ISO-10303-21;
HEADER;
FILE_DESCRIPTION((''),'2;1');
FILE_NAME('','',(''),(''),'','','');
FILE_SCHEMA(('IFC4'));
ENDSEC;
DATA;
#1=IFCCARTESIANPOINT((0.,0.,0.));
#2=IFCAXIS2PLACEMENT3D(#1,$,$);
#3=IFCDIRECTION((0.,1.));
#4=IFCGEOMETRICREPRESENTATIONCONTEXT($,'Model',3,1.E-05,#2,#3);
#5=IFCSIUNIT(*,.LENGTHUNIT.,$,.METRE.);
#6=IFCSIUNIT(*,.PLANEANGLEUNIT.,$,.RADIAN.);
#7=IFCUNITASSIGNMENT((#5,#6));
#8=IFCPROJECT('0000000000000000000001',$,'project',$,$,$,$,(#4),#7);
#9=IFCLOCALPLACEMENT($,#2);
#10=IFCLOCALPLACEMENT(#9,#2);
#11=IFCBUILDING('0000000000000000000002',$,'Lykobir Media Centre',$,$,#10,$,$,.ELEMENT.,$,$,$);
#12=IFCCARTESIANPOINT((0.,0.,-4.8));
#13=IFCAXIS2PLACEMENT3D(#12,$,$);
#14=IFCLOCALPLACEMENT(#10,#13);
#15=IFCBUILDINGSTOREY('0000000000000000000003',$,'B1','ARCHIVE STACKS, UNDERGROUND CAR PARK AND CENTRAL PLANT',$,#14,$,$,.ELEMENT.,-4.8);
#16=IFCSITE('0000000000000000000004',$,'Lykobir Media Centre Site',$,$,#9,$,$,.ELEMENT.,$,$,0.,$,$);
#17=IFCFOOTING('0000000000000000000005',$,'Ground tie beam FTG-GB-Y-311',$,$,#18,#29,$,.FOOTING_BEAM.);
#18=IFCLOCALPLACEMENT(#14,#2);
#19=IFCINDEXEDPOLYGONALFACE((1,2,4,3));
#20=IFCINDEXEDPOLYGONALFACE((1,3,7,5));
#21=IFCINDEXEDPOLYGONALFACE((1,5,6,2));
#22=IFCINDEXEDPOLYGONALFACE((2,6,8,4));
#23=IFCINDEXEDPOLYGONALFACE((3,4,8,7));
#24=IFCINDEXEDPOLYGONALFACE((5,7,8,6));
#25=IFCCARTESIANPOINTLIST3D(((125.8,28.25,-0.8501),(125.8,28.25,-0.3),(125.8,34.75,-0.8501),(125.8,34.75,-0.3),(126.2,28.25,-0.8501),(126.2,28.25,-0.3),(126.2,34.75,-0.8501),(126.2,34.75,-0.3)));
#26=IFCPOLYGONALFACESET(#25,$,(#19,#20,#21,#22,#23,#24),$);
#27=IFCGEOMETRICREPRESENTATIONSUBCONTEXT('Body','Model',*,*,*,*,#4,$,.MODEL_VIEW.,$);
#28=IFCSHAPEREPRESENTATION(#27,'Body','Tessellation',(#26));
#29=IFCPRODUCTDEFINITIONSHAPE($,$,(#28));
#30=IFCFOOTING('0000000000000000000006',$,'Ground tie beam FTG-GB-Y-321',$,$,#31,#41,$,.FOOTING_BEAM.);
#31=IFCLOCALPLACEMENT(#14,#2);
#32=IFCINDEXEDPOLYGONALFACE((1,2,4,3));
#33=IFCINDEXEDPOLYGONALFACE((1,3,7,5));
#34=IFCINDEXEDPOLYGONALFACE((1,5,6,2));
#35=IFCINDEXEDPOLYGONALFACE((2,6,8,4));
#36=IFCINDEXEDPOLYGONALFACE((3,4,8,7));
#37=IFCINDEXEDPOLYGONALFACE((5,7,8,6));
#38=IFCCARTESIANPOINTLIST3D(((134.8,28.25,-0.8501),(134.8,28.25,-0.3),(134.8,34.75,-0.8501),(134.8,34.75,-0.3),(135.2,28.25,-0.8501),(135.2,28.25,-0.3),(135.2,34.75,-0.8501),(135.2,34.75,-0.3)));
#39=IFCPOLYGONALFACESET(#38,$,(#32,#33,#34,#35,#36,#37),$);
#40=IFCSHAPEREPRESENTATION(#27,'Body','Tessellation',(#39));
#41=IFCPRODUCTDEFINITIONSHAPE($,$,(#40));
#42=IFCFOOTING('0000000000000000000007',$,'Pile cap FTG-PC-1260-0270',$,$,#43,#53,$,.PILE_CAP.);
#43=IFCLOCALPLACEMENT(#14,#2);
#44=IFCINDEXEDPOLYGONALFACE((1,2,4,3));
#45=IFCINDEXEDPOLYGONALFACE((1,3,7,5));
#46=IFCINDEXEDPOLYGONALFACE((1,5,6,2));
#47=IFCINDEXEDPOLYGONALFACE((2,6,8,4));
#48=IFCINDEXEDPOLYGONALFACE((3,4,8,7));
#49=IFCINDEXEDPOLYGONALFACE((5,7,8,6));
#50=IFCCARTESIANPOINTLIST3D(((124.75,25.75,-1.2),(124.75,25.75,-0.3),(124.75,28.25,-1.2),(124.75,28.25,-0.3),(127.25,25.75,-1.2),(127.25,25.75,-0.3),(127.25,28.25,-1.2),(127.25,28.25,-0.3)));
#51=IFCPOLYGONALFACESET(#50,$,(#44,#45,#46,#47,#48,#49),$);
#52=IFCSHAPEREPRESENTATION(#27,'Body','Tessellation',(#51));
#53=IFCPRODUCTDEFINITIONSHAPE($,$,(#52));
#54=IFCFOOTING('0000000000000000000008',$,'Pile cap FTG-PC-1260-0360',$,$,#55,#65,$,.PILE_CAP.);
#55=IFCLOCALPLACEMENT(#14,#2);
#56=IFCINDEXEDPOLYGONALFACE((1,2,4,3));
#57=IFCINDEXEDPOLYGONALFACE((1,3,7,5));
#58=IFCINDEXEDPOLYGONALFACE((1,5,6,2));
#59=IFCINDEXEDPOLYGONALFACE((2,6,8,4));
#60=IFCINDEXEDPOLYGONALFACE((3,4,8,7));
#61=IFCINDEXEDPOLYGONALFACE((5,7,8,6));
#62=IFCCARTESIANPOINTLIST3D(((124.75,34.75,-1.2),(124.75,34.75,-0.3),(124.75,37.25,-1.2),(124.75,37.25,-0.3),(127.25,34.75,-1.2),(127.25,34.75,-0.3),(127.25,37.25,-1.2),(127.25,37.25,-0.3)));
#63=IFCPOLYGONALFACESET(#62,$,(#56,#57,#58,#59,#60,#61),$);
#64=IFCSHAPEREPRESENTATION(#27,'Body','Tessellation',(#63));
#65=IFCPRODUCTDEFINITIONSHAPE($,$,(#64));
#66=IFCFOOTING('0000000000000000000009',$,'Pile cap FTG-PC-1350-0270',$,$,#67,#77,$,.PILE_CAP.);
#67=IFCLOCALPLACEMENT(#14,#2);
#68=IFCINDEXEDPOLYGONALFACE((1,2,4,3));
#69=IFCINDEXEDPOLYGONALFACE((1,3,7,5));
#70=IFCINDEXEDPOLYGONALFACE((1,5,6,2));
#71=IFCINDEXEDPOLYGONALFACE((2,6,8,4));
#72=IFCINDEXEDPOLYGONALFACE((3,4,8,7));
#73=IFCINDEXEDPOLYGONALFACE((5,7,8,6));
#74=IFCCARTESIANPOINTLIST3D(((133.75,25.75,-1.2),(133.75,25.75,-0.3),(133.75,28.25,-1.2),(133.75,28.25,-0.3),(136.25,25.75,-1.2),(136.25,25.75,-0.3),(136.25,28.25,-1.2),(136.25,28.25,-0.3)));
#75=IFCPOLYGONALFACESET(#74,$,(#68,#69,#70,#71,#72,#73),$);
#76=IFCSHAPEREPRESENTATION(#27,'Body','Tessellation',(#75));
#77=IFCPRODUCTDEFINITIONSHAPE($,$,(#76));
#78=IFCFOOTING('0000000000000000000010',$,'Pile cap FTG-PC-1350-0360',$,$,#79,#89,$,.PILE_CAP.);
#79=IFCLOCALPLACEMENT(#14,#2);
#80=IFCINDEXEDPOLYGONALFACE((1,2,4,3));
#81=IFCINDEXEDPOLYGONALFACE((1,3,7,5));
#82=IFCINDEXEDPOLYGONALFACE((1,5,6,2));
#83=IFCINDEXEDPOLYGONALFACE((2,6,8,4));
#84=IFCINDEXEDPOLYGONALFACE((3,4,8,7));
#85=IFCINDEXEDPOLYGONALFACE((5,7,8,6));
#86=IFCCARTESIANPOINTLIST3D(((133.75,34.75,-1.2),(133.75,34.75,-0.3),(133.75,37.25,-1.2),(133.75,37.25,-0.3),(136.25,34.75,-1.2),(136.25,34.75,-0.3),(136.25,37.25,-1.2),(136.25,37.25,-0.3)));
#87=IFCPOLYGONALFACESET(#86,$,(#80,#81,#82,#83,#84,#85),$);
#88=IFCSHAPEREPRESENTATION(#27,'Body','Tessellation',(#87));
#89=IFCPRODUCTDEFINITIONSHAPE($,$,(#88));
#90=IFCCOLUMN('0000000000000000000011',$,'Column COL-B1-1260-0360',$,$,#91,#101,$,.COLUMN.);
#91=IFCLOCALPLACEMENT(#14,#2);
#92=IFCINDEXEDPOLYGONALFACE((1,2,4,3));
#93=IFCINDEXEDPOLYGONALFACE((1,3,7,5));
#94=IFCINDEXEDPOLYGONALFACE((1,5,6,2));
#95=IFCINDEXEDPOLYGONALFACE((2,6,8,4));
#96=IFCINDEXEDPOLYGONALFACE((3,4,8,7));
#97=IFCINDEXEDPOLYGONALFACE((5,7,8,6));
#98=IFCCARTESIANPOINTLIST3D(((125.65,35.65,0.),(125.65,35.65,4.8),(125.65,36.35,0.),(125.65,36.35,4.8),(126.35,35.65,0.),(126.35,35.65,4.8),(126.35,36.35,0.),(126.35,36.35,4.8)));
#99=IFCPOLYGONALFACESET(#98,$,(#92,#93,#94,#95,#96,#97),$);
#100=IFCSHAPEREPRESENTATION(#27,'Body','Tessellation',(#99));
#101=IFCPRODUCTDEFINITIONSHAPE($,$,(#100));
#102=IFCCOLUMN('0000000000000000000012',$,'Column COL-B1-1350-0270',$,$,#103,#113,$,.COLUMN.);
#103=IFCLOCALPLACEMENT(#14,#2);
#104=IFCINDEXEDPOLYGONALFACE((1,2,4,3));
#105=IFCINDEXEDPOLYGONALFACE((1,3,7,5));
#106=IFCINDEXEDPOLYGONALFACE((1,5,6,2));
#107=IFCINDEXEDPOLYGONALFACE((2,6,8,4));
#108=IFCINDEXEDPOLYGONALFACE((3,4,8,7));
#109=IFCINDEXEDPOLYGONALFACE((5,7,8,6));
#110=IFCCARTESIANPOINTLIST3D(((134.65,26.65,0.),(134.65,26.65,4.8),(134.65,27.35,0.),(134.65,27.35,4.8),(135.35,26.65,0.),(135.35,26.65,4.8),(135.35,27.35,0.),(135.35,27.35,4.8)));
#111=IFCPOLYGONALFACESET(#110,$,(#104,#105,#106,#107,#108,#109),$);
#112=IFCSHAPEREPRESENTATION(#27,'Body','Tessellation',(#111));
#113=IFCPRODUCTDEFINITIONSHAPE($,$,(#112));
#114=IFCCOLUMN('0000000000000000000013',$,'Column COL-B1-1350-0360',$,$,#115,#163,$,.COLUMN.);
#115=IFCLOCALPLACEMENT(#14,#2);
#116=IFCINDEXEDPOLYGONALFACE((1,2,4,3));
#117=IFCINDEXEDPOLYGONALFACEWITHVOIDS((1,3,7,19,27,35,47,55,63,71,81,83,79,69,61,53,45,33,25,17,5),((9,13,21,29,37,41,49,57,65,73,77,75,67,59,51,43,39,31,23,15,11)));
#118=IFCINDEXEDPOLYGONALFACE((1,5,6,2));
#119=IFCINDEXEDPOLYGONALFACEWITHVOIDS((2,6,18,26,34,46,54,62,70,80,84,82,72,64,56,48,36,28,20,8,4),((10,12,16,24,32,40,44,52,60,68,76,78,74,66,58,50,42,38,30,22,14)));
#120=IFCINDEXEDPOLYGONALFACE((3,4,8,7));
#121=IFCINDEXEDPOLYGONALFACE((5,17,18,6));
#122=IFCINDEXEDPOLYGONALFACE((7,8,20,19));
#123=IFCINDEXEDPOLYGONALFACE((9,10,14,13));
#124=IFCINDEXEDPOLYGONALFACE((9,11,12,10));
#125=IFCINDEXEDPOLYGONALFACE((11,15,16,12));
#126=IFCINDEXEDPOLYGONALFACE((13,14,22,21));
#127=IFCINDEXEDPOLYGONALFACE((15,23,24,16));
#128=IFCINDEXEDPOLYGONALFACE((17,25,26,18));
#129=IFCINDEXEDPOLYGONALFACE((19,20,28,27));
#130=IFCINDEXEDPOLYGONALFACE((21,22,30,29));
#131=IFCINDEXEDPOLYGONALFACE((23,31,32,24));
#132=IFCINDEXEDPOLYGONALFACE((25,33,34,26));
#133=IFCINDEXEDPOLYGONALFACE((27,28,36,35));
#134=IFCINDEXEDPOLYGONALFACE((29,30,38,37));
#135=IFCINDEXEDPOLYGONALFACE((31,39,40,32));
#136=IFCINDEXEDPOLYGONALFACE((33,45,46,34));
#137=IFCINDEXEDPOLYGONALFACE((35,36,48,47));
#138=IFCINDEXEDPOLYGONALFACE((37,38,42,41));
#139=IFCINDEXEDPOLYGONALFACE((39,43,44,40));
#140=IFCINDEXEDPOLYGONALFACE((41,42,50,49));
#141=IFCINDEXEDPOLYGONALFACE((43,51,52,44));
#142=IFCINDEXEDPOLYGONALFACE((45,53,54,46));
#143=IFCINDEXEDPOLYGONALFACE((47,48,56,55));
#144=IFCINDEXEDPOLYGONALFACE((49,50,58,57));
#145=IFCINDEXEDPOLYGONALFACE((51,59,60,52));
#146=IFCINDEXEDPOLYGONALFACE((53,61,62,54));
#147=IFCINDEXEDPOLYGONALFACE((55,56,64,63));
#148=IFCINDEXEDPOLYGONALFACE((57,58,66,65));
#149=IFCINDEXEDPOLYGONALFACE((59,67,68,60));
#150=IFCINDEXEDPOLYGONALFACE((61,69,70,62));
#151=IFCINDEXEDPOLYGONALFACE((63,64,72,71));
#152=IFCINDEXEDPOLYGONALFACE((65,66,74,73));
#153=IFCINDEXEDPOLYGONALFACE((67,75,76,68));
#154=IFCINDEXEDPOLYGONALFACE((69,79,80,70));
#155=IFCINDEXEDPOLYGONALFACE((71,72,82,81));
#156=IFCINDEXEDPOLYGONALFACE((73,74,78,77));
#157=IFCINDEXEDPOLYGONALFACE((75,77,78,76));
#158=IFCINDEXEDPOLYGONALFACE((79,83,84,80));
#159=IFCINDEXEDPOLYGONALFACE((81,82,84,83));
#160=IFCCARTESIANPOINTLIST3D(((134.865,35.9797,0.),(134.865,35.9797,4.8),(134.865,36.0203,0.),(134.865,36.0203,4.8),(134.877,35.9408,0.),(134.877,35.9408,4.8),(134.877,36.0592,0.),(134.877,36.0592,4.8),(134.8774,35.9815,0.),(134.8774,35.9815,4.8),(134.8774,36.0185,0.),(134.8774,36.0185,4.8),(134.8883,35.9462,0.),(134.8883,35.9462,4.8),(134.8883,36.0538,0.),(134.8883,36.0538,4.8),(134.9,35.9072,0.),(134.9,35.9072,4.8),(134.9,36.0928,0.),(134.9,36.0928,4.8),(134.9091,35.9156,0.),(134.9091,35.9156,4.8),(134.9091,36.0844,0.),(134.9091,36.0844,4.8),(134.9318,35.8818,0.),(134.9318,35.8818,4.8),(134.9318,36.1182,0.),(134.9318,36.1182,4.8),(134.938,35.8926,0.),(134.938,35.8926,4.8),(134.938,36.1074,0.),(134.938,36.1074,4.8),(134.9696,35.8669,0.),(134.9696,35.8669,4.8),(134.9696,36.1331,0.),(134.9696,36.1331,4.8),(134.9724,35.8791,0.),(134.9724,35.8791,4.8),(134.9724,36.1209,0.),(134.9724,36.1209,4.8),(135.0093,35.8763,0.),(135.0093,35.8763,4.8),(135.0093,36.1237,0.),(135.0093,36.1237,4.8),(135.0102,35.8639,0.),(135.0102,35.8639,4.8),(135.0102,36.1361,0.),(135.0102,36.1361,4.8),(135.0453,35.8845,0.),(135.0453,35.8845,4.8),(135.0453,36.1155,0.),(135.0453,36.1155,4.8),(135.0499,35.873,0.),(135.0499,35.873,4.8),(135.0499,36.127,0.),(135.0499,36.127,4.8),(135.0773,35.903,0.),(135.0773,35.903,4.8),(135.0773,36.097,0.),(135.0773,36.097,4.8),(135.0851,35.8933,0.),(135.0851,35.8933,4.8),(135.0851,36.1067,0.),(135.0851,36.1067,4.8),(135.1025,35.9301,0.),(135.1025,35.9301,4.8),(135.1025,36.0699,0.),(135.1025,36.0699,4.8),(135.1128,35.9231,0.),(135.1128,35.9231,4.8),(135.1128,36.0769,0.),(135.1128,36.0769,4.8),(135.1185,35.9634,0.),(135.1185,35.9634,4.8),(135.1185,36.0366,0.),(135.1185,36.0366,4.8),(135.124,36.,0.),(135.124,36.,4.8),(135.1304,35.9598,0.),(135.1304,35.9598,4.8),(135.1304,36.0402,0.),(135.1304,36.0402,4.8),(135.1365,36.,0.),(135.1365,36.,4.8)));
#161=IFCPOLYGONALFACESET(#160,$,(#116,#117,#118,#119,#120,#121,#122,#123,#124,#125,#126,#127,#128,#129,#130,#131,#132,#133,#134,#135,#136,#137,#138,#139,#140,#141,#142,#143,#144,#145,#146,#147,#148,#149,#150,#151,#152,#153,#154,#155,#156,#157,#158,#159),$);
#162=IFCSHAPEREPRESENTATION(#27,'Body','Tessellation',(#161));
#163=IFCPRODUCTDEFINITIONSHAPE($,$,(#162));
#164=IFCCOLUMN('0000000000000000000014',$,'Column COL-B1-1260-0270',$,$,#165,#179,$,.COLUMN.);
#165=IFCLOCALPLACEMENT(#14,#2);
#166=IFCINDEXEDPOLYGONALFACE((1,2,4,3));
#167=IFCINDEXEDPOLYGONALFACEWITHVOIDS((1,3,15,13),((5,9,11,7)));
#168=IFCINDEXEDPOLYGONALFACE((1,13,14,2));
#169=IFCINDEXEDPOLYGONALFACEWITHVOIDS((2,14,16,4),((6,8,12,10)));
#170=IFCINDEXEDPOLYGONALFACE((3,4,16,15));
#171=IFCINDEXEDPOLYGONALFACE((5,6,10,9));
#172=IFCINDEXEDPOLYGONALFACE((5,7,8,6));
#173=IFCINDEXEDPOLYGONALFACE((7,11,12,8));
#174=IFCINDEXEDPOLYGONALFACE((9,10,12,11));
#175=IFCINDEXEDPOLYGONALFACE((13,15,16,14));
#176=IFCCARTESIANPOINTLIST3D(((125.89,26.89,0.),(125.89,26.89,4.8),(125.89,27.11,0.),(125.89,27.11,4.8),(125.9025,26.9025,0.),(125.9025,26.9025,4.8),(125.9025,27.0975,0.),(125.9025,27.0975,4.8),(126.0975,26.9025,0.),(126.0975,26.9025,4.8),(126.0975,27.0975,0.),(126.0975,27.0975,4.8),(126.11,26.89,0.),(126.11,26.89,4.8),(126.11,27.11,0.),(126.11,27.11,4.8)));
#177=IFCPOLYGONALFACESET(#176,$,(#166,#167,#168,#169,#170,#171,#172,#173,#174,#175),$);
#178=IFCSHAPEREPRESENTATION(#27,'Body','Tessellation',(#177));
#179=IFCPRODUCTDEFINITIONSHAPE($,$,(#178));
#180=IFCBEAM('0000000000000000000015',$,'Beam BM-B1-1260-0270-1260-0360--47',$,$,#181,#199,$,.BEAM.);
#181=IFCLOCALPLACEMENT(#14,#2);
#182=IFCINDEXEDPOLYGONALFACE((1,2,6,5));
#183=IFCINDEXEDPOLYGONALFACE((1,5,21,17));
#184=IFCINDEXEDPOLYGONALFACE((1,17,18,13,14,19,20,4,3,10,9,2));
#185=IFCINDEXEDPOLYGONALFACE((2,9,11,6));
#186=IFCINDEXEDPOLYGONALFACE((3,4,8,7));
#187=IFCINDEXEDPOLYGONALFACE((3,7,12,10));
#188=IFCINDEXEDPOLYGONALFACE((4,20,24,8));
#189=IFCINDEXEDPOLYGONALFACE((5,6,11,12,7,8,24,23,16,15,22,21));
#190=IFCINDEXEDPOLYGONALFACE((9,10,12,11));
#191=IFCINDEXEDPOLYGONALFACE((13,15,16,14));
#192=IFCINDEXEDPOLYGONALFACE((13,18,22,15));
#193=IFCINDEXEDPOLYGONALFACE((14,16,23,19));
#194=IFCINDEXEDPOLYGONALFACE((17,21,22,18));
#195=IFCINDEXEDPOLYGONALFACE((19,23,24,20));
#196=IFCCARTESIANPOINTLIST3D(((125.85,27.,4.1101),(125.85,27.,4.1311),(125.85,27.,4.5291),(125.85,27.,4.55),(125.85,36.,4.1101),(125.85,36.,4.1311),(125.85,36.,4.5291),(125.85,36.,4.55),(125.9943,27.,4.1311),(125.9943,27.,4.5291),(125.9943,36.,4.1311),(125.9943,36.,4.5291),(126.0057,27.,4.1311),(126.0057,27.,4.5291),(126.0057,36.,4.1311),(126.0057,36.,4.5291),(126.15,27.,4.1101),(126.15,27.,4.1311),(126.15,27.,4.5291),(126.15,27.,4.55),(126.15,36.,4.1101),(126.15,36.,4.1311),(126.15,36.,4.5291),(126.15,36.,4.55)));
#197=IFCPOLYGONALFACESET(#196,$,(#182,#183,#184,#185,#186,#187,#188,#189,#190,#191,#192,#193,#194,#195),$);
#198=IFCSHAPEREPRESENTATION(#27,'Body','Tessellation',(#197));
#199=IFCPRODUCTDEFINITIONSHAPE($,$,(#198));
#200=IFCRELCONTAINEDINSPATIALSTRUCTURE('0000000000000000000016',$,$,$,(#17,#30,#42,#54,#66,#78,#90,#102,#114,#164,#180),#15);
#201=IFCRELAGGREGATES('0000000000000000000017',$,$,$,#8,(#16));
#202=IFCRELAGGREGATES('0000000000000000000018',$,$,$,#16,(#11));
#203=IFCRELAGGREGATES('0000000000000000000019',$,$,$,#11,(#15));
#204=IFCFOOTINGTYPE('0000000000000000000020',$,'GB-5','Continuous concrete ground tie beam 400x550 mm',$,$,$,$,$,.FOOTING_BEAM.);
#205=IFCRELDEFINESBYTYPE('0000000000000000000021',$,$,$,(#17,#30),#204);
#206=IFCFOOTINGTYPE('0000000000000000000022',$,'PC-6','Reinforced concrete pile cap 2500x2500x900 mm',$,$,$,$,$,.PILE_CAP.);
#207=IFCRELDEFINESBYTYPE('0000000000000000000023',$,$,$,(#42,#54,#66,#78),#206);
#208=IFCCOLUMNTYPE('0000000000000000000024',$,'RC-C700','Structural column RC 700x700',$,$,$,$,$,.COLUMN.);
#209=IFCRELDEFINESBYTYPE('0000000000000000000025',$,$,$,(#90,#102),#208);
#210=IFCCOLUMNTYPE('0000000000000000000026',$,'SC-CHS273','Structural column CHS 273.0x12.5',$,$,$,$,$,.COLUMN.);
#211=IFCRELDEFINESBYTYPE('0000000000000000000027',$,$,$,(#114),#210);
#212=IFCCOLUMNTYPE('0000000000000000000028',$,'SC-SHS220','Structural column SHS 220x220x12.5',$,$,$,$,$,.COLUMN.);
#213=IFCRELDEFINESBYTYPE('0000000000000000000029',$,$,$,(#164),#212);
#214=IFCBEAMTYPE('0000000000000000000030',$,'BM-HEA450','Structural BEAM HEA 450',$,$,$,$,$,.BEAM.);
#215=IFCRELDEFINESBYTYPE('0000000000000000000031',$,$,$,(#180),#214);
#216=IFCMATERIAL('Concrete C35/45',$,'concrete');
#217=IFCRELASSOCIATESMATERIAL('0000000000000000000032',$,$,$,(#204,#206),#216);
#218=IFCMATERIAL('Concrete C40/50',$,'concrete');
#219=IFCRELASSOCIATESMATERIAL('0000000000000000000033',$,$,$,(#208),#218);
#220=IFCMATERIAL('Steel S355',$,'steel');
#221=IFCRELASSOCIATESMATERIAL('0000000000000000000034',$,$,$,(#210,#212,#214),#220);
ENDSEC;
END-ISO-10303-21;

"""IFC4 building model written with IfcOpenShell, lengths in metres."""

from ifc_helpers import new_model, si_unit, direction, frame, origin, origin_2d, place, context, subcontext, project, spatial, rectangle, hollow_rectangle, hollow_circle, i_section, extrude, material, material_profile, profile_set, type_object, element, save


model = new_model("IFC4")

# Units and contexts
model_context = context("Model", 3, precision=1e-05, world=origin(), true_north=direction((0.0, 1.0)))
body_context = subcontext(model_context, "Body", "Model", "MODEL_VIEW")
ifc_project = project(units=[si_unit("LENGTHUNIT", "METRE"), si_unit("PLANEANGLEUNIT", "RADIAN")], contexts=[model_context])

# Site, building, storey
site_placement = place(None, origin())
site = spatial("IfcSite", under=ifc_project, at=site_placement, Name="Lykobir Media Centre Site", CompositionType="ELEMENT", RefElevation=0.0)
building_placement = place(site_placement, origin())
building = spatial("IfcBuilding", under=site, at=building_placement, Name="Lykobir Media Centre", CompositionType="ELEMENT")
storey_placement = place(building_placement, frame((0.0, 0.0, -4.8)))
storey = spatial("IfcBuildingStorey", under=building, at=storey_placement, Name="B1", Description="ARCHIVE STACKS, UNDERGROUND CAR PARK AND CENTRAL PLANT", CompositionType="ELEMENT", Elevation=-4.8)

# Footings
ifc_material_1 = material(Name="Concrete C35/45", Category="concrete")
footing_type_1 = type_object("IfcFootingType", Name="GB-5", Description="Continuous concrete ground tie beam 400x550 mm", PredefinedType="FOOTING_BEAM", material=ifc_material_1)
for number, where, z_axis, x_axis, name in (
    (1, (126.0, 31.5, -0.8501), (0.0, 0.0, 1.0), (0.0, 1.0, 0.0), "Ground tie beam FTG-GB-Y-311"),
    (2, (135.0, 31.5, -0.8501), (0.0, 0.0, 1.0), (0.0, 1.0, 0.0), "Ground tie beam FTG-GB-Y-321"),
):
    element("IfcFooting", number, at=place(storey_placement, frame(where, z_axis=z_axis, x_axis=x_axis)), inside=storey, type_object=footing_type_1, Name=name, PredefinedType="FOOTING_BEAM", context=body_context, shape_type="SweptSolid", body=[
        extrude(rectangle(XDim=6.5, YDim=0.3999, at=origin_2d()), origin(), (0.0, 0.0, 1.0), 0.55),
    ])
footing_type_2 = type_object("IfcFootingType", Name="PC-6", Description="Reinforced concrete pile cap 2500x2500x900 mm", PredefinedType="PILE_CAP", material=ifc_material_1)
for number, where, z_axis, x_axis, name in (
    (3, (126.0, 27.0, -1.2), (0.0, 0.0, 1.0), (1.0, 0.0, 0.0), "Pile cap FTG-PC-1260-0270"),
    (4, (126.0, 36.0, -1.2), (0.0, 0.0, 1.0), (1.0, 0.0, 0.0), "Pile cap FTG-PC-1260-0360"),
    (5, (135.0, 27.0, -1.2), (0.0, 0.0, 1.0), (1.0, 0.0, 0.0), "Pile cap FTG-PC-1350-0270"),
    (6, (135.0, 36.0, -1.2), (0.0, 0.0, 1.0), (1.0, 0.0, 0.0), "Pile cap FTG-PC-1350-0360"),
):
    element("IfcFooting", number, at=place(storey_placement, frame(where, z_axis=z_axis, x_axis=x_axis)), inside=storey, type_object=footing_type_2, Name=name, PredefinedType="PILE_CAP", context=body_context, shape_type="SweptSolid", body=[
        extrude(rectangle(XDim=2.5, YDim=2.5, at=origin_2d()), origin(), (0.0, 0.0, 1.0), 0.8999),
    ])

# Columns
ifc_material_2 = material(Name="Concrete C40/50", Category="concrete")
ifc_material_profile_1 = material_profile(ifc_material_2, rectangle(XDim=0.7, YDim=0.7, at=origin_2d()), Name="RC 700x700")
ifc_profile_set_1 = profile_set([ifc_material_profile_1], Name="Concrete C40/50")
column_type_1 = type_object("IfcColumnType", Name="RC-C700", Description="Structural column RC 700x700", PredefinedType="COLUMN", material=ifc_profile_set_1)
for number, where, z_axis, x_axis, name in (
    (7, (126.0, 36.0, 0.0), (0.0, 0.0, 1.0), (1.0, 0.0, 0.0), "Column COL-B1-1260-0360"),
    (8, (135.0, 27.0, 0.0), (0.0, 0.0, 1.0), (1.0, 0.0, 0.0), "Column COL-B1-1350-0270"),
):
    element("IfcColumn", number, at=place(storey_placement, frame(where, z_axis=z_axis, x_axis=x_axis)), inside=storey, type_object=column_type_1, Name=name, PredefinedType="COLUMN", context=body_context, shape_type="SweptSolid", body=[
        extrude(rectangle(XDim=0.7, YDim=0.7, at=origin_2d()), origin(), (0.0, 0.0, 1.0), 4.8),
    ])
ifc_material_3 = material(Name="Steel S355", Category="steel")
ifc_material_profile_2 = material_profile(ifc_material_3, hollow_circle(Radius=0.1365, WallThickness=0.0125, at=origin_2d()), Name="CHS 273.0x12.5")
ifc_profile_set_2 = profile_set([ifc_material_profile_2], Name="Steel S355")
column_type_2 = type_object("IfcColumnType", Name="SC-CHS273", Description="Structural column CHS 273.0x12.5", PredefinedType="COLUMN", material=ifc_profile_set_2)
column_1_placement = place(storey_placement, frame((135.0, 36.0, 0.0), z_axis=(0.0, 0.0, 1.0), x_axis=(1.0, 0.0, 0.0)))
element("IfcColumn", 9, at=column_1_placement, inside=storey, type_object=column_type_2, Name="Column COL-B1-1350-0360", PredefinedType="COLUMN", context=body_context, shape_type="SweptSolid", body=[
    extrude(hollow_circle(Radius=0.1365, WallThickness=0.0125, at=origin_2d()), origin(), (0.0, 0.0, 1.0), 4.8),
])
ifc_material_profile_3 = material_profile(ifc_material_3, hollow_rectangle(XDim=0.22, YDim=0.22, WallThickness=0.0125, at=origin_2d()), Name="SHS 220x220x12.5")
ifc_profile_set_3 = profile_set([ifc_material_profile_3], Name="Steel S355")
column_type_3 = type_object("IfcColumnType", Name="SC-SHS220", Description="Structural column SHS 220x220x12.5", PredefinedType="COLUMN", material=ifc_profile_set_3)
column_2_placement = place(storey_placement, frame((126.0, 27.0, 0.0), z_axis=(0.0, 0.0, 1.0), x_axis=(1.0, 0.0, 0.0)))
element("IfcColumn", 10, at=column_2_placement, inside=storey, type_object=column_type_3, Name="Column COL-B1-1260-0270", PredefinedType="COLUMN", context=body_context, shape_type="SweptSolid", body=[
    extrude(hollow_rectangle(XDim=0.22, YDim=0.22, WallThickness=0.0125, at=origin_2d()), origin(), (0.0, 0.0, 1.0), 4.8),
])

# Beam
ifc_material_profile_4 = material_profile(ifc_material_3, i_section(OverallWidth=0.3, OverallDepth=0.4399, WebThickness=0.0115, FlangeThickness=0.021, at=origin_2d()), Name="HEA 450")
ifc_profile_set_4 = profile_set([ifc_material_profile_4], Name="Steel S355")
beam_type_1 = type_object("IfcBeamType", Name="BM-HEA450", Description="Structural BEAM HEA 450", PredefinedType="BEAM", material=ifc_profile_set_4)
for number, where, z_axis, x_axis, name in (
    (11, (126.0, 27.0, 4.3301), (0.0, 1.0, 0.0), (-1.0, 0.0, 0.0), "Beam BM-B1-1260-0270-1260-0360--47"),
):
    element("IfcBeam", number, at=place(storey_placement, frame(where, z_axis=z_axis, x_axis=x_axis)), inside=storey, type_object=beam_type_1, Name=name, PredefinedType="BEAM", context=body_context, shape_type="SweptSolid", body=[
        extrude(i_section(OverallWidth=0.3, OverallDepth=0.4399, WebThickness=0.0115, FlangeThickness=0.021, at=origin_2d()), origin(), (0.0, 0.0, 1.0), 9.0),
    ])

save(model, "model.ifc")
